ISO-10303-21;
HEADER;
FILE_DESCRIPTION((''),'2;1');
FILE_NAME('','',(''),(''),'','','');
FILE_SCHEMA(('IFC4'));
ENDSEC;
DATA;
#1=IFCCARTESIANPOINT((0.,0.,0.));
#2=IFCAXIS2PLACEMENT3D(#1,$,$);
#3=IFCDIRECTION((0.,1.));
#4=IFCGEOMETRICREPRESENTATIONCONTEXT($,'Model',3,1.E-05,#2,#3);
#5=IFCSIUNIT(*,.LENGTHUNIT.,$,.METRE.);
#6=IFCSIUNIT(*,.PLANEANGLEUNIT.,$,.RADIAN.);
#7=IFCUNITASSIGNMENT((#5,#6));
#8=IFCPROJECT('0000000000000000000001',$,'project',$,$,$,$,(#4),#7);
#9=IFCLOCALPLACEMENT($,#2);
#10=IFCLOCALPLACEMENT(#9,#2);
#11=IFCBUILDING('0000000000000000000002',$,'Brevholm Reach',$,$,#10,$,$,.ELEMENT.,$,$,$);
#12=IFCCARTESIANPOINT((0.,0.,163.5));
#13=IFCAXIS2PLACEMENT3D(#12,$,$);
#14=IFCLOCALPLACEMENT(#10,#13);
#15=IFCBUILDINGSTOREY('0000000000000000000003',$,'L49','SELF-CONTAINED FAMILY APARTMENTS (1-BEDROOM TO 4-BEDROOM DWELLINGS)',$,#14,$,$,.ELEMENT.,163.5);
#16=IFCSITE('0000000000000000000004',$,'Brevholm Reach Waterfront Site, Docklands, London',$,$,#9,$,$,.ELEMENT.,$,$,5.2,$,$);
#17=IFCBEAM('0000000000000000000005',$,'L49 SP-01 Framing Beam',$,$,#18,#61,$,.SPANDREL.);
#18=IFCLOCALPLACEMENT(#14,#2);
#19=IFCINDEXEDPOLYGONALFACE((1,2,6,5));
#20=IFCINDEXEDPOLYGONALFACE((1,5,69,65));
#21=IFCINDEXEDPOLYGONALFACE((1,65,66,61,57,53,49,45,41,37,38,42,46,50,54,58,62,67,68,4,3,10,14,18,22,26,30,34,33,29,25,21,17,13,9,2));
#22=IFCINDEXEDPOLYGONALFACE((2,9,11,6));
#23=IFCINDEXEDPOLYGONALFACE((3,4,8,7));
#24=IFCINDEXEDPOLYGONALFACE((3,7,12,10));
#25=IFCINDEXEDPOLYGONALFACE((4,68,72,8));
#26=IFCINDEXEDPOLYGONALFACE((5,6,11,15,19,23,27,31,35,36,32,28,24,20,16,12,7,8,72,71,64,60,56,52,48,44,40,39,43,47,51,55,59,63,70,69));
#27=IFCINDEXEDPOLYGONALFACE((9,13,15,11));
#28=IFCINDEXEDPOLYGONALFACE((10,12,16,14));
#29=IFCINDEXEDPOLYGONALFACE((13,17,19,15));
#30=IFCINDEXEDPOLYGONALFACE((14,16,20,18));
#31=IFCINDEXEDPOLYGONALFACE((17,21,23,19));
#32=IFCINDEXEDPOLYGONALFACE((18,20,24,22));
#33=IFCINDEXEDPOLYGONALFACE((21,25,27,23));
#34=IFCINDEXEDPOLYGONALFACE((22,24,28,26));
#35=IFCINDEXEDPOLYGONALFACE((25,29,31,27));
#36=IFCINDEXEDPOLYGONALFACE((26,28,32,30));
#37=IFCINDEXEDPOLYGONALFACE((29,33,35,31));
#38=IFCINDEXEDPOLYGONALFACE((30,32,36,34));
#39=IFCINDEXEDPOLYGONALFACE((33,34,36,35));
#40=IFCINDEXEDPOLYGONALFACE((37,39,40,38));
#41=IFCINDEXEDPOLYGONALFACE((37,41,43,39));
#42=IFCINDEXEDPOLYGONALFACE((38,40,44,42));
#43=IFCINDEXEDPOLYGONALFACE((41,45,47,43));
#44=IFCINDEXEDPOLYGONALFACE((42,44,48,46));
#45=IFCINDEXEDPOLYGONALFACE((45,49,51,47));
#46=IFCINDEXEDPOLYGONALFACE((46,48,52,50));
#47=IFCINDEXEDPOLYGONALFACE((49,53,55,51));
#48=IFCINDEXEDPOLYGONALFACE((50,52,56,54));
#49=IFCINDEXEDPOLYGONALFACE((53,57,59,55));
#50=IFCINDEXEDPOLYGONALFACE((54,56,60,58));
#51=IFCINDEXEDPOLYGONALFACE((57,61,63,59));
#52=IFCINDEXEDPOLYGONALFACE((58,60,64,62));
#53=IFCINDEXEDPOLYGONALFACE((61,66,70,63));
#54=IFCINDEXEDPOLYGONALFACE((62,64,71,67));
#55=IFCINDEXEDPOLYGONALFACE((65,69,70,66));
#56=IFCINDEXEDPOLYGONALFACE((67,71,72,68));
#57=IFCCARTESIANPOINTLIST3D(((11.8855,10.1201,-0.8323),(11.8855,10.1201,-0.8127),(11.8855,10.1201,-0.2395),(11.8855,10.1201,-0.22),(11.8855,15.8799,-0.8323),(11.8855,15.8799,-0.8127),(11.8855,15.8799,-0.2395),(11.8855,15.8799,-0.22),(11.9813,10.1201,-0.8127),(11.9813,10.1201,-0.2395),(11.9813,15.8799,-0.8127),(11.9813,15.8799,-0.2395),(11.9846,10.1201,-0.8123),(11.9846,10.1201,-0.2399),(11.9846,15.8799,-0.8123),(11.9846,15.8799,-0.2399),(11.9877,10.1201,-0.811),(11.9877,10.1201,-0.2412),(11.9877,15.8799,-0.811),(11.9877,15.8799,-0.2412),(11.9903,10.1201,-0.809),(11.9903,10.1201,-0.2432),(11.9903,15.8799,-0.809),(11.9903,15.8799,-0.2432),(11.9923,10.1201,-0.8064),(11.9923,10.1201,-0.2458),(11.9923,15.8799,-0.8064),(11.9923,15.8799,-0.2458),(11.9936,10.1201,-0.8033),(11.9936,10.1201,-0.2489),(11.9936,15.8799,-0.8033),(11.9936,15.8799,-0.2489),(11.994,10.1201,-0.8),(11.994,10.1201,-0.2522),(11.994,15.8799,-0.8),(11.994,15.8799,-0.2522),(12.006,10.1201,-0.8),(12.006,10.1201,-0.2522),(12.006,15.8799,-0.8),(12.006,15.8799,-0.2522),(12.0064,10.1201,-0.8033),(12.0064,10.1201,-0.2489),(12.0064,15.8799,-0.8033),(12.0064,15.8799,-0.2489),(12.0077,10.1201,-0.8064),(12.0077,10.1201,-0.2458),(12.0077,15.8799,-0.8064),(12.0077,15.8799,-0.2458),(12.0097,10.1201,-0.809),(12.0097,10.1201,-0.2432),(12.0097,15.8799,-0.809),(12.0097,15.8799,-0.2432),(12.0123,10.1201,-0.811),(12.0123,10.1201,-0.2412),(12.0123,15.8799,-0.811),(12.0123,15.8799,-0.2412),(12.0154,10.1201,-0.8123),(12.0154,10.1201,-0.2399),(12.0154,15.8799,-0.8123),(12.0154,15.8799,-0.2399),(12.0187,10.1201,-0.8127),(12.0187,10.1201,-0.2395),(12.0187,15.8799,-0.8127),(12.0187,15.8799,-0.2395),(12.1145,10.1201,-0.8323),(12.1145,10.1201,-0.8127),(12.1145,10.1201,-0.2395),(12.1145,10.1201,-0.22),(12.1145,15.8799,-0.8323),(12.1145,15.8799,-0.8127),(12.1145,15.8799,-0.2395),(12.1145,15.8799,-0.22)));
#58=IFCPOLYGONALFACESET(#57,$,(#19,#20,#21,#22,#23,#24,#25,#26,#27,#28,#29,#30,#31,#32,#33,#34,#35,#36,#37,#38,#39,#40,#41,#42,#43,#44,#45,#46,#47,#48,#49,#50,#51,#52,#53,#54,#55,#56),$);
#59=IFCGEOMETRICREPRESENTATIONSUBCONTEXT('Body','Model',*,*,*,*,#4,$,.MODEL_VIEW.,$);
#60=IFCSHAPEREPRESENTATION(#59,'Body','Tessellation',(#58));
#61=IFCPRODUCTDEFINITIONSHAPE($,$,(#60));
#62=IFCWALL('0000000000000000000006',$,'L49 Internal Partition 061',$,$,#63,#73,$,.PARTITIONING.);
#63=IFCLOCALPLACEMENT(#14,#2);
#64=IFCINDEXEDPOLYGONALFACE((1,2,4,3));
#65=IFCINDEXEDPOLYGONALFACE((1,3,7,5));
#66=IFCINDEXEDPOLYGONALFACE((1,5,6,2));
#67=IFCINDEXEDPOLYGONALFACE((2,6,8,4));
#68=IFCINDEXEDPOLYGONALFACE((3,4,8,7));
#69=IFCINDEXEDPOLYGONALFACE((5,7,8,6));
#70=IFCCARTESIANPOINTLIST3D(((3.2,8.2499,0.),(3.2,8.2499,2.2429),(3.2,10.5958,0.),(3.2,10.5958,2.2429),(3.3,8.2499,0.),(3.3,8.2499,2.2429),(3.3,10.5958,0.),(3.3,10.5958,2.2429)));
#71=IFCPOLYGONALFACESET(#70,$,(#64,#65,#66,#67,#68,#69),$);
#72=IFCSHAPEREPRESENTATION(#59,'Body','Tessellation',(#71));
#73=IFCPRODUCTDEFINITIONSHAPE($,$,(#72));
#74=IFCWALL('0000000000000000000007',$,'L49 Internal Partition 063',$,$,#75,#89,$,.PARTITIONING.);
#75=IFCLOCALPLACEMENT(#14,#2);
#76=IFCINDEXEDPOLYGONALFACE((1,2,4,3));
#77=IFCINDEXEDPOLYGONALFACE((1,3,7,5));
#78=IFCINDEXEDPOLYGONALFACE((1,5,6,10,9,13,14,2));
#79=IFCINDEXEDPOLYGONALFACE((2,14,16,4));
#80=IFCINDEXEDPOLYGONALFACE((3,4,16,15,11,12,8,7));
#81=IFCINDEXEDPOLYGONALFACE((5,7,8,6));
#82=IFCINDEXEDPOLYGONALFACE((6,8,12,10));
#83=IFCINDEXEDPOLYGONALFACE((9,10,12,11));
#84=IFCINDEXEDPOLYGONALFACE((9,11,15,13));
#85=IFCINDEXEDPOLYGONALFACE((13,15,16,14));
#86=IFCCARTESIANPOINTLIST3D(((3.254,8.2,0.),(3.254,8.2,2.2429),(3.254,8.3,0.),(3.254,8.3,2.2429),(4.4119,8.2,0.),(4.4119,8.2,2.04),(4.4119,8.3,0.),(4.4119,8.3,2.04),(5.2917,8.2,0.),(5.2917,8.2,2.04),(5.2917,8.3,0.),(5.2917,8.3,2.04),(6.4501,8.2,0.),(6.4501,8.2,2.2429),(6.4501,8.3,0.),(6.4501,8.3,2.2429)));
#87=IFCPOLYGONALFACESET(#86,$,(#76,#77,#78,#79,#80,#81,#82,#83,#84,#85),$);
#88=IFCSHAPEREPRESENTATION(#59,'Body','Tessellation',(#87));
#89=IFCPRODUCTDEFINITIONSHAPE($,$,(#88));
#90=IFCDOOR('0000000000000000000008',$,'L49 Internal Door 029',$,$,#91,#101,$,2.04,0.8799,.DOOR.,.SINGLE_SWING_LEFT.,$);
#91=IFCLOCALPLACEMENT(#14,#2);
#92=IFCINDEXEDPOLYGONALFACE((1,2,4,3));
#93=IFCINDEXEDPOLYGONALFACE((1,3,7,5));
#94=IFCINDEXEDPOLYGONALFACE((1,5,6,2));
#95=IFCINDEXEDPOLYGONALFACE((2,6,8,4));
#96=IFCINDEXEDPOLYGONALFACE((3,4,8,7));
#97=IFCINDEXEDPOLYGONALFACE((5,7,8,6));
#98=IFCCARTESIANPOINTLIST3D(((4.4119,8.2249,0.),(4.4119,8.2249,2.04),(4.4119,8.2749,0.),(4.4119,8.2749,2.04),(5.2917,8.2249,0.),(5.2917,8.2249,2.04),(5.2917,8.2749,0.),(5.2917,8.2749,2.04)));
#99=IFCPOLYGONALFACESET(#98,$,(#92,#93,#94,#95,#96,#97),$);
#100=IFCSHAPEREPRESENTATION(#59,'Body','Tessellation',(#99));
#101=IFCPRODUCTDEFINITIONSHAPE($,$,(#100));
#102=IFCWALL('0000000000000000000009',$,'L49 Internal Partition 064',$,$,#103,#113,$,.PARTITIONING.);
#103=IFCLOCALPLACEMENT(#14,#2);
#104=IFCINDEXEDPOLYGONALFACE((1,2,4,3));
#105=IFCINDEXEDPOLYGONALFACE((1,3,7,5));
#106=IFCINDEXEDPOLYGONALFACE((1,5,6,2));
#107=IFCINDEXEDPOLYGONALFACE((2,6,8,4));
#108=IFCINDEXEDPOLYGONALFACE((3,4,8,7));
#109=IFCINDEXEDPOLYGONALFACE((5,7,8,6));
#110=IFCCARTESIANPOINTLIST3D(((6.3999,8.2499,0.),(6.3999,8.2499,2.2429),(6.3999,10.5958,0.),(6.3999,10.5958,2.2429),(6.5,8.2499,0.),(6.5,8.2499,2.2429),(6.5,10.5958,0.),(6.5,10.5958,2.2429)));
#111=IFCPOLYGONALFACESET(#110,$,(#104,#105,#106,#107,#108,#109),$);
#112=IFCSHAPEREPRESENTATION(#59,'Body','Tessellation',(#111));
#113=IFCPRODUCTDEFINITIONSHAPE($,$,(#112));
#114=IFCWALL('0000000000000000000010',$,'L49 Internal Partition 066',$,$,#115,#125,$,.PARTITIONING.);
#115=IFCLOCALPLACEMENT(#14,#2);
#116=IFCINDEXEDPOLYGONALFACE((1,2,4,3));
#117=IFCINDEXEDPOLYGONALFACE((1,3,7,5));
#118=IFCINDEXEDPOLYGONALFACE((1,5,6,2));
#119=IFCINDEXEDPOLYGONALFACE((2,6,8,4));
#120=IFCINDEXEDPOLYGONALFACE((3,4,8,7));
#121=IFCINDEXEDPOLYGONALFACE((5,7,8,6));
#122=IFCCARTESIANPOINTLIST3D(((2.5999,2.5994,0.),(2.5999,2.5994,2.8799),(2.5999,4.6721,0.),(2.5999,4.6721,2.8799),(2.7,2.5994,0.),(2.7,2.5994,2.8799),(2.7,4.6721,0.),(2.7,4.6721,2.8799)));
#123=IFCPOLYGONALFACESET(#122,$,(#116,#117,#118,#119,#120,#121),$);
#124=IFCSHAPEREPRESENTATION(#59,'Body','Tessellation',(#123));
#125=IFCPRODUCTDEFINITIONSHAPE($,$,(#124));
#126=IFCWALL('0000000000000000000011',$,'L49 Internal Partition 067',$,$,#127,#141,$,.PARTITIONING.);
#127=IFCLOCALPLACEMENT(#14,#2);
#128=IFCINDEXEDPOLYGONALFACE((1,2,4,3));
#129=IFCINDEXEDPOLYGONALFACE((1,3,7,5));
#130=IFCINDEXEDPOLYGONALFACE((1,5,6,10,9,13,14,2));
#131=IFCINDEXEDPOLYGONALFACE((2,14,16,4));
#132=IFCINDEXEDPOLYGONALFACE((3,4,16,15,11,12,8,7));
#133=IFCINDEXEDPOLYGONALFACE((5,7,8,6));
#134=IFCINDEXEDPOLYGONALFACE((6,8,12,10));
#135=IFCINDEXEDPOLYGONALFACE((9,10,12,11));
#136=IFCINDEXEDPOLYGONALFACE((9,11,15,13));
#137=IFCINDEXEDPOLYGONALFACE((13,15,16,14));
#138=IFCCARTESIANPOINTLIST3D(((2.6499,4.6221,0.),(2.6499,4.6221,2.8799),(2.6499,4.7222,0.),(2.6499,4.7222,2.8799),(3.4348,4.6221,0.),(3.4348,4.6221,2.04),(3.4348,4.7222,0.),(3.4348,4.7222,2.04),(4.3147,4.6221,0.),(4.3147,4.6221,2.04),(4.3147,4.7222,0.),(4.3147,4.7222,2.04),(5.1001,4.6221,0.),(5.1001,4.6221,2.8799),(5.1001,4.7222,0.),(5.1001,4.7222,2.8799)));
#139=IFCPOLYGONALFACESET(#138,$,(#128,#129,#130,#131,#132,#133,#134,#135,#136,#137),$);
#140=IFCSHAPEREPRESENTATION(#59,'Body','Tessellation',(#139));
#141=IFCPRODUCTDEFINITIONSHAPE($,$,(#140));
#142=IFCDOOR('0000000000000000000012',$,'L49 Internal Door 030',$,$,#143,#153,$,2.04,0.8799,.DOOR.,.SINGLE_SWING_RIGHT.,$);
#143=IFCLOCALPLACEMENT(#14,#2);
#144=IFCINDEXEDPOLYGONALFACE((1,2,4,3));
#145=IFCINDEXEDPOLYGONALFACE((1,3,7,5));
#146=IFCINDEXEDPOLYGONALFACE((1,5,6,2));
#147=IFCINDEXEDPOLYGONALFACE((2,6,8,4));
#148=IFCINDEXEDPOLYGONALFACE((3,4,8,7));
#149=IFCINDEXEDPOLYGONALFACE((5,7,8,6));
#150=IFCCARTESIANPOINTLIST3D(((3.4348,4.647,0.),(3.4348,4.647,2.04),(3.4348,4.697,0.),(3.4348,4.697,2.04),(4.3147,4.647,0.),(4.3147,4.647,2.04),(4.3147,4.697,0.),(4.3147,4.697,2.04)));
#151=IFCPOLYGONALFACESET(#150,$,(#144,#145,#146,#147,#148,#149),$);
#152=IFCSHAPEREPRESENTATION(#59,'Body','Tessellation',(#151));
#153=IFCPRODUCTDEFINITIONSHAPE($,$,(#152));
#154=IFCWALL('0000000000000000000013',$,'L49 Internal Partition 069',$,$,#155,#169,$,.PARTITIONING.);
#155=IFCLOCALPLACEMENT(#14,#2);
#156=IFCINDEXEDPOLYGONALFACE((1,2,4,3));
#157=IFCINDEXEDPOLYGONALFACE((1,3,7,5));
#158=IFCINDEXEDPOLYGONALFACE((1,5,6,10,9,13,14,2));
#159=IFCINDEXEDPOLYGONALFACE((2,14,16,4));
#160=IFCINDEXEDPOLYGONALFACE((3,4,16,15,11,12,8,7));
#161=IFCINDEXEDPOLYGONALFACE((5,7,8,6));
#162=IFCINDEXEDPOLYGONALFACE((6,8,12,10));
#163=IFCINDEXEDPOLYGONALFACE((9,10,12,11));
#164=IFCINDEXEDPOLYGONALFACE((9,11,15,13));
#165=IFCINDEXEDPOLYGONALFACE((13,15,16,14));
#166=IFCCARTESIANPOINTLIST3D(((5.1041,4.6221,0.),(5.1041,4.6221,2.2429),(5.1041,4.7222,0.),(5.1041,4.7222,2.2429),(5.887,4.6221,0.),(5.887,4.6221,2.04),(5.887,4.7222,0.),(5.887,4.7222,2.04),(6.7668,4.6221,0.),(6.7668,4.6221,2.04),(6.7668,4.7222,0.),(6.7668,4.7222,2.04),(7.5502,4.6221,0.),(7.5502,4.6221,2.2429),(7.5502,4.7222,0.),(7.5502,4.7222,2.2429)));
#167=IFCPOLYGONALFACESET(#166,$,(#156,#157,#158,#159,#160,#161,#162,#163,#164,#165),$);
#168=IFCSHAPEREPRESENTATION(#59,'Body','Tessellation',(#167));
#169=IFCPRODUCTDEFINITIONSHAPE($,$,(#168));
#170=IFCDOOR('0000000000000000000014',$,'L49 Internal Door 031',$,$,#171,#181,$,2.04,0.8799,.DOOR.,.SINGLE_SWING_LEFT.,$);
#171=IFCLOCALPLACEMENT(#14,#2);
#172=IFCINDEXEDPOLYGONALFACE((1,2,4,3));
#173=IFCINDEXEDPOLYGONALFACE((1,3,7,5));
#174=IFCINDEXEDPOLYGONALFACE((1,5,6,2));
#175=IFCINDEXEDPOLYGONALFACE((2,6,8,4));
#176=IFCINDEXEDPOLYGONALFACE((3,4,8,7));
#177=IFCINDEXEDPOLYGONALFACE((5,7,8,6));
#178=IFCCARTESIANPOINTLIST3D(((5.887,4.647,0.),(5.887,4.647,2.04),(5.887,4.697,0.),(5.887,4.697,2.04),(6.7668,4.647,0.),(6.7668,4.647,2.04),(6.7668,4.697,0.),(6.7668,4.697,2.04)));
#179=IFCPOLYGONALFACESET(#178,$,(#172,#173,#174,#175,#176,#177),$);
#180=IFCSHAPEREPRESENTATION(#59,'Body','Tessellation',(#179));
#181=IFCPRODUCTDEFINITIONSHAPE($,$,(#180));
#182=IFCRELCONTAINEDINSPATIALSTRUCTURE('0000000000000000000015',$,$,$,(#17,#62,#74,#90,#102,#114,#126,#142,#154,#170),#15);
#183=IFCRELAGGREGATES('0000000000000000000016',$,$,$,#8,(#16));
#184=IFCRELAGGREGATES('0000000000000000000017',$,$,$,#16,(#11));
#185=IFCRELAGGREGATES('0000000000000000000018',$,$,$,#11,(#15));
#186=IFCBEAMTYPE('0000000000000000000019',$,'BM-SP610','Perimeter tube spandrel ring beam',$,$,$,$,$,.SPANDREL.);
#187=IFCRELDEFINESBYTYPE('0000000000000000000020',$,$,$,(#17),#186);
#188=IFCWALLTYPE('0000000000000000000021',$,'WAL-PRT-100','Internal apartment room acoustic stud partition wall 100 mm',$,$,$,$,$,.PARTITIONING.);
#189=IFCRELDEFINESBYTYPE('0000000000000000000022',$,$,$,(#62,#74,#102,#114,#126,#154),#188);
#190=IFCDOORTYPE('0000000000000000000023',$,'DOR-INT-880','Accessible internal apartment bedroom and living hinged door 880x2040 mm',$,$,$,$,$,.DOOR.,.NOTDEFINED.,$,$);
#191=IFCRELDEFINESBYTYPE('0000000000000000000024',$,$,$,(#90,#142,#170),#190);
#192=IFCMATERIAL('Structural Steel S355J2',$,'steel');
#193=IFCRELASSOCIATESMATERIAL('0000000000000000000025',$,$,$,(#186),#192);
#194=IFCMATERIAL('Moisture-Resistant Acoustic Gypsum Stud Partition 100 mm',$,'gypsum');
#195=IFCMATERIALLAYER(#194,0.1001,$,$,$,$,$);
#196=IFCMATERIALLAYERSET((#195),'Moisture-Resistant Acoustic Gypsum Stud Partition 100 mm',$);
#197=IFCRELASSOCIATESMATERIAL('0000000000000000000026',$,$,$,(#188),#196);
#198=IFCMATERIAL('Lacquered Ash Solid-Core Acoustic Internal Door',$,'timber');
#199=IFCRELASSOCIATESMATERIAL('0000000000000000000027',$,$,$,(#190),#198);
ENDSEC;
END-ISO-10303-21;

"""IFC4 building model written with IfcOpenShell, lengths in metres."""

from ifc_helpers import new_model, si_unit, direction, frame, frame_2d, origin, origin_2d, place, context, subcontext, project, spatial, rectangle, i_section, extrude, material, layer, layer_set, material_profile, profile_set, type_object, element, fill, save


model = new_model("IFC4")

# Units and contexts
model_context = context("Model", 3, precision=1e-05, world=origin(), true_north=direction((0.0, 1.0)))
body_context = subcontext(model_context, "Body", "Model", "MODEL_VIEW")
ifc_project = project(units=[si_unit("LENGTHUNIT", "METRE"), si_unit("PLANEANGLEUNIT", "RADIAN")], contexts=[model_context])

# Site, building, storey
site_placement = place(None, origin())
site = spatial("IfcSite", under=ifc_project, at=site_placement, Name="Brevholm Reach Waterfront Site, Docklands, London", CompositionType="ELEMENT", RefElevation=5.2)
building_placement = place(site_placement, origin())
building = spatial("IfcBuilding", under=site, at=building_placement, Name="Brevholm Reach", CompositionType="ELEMENT")
storey_placement = place(building_placement, frame((0.0, 0.0, 163.5)))
storey = spatial("IfcBuildingStorey", under=building, at=storey_placement, Name="L49", Description="SELF-CONTAINED FAMILY APARTMENTS (1-BEDROOM TO 4-BEDROOM DWELLINGS)", CompositionType="ELEMENT", Elevation=163.5)

# Beam
ifc_material_1 = material(Name="Structural Steel S355J2", Category="steel")
ifc_material_profile_1 = material_profile(ifc_material_1, i_section(OverallWidth=0.229, OverallDepth=0.6123, WebThickness=0.012, FlangeThickness=0.0195, FilletRadius=0.0127, at=origin_2d()), Name="UKB 610x229x125")
ifc_profile_set_1 = profile_set([ifc_material_profile_1], Name="Structural Steel S355J2")
beam_type = type_object("IfcBeamType", Name="BM-SP610", Description="Perimeter tube spandrel ring beam", PredefinedType="SPANDREL", material=ifc_profile_set_1)
for number, where, z_axis, x_axis, name in (
    (1, (12.0, 10.1201, -0.5261), (0.0, 1.0, 0.0), (-1.0, 0.0, 0.0), "L49 SP-01 Framing Beam"),
):
    element("IfcBeam", number, at=place(storey_placement, frame(where, z_axis=z_axis, x_axis=x_axis)), inside=storey, type_object=beam_type, Name=name, PredefinedType="SPANDREL", context=body_context, shape_type="SweptSolid", body=[
        extrude(i_section(OverallWidth=0.229, OverallDepth=0.6123, WebThickness=0.012, FlangeThickness=0.0195, FilletRadius=0.0127, at=origin_2d()), origin(), (0.0, 0.0, 1.0), 5.7598),
    ])

# Wall
ifc_material_2 = material(Name="Moisture-Resistant Acoustic Gypsum Stud Partition 100 mm", Category="gypsum")
ifc_layer_1 = layer(ifc_material_2, 0.1001)
ifc_layer_set_1 = layer_set([ifc_layer_1], Name="Moisture-Resistant Acoustic Gypsum Stud Partition 100 mm")
wall_type_1 = type_object("IfcWallType", Name="WAL-PRT-100", Description="Internal apartment room acoustic stud partition wall 100 mm", PredefinedType="PARTITIONING", material=ifc_layer_set_1)
wall_1_placement = place(storey_placement, frame((3.25, 8.25, 0.0), z_axis=(0.0, 0.0, 1.0), x_axis=(0.0, 1.0, 0.0)))
element("IfcWall", 2, at=wall_1_placement, inside=storey, type_object=wall_type_1, Name="L49 Internal Partition 061", PredefinedType="PARTITIONING", context=body_context, shape_type="SweptSolid", body=[
    extrude(rectangle(XDim=2.3459, YDim=0.1001, at=frame_2d((1.1729, 0.0))), origin(), (0.0, 0.0, 1.0), 2.2429),
])

# Wall, opening, door
wall_2_placement = place(storey_placement, frame((3.2539, 8.25, 0.0), z_axis=(0.0, 0.0, 1.0), x_axis=(1.0, 0.0, 0.0)))
wall_2 = element("IfcWall", 3, at=wall_2_placement, inside=storey, type_object=wall_type_1, Name="L49 Internal Partition 063", PredefinedType="PARTITIONING", context=body_context, shape_type="SweptSolid", body=[
    extrude(rectangle(XDim=3.196, YDim=0.1001, at=frame_2d((1.5981, 0.0))), origin(), (0.0, 0.0, 1.0), 2.2429),
])
opening_1_placement = place(wall_2_placement, frame((1.158, 0.0, 0.0)))
opening_1 = element("IfcOpeningElement", 4, at=opening_1_placement, cuts=wall_2, PredefinedType="OPENING", context=body_context, shape_type="SweptSolid", body=[
    extrude(rectangle(XDim=0.8799, YDim=2.04, at=frame_2d((0.4399, 1.02))), frame((0.0, 0.0601, 0.0), z_axis=(0.0, -1.0, 0.0), x_axis=(1.0, 0.0, 0.0)), (0.0, 0.0, 1.0), 0.1201),
])
ifc_material_3 = material(Name="Lacquered Ash Solid-Core Acoustic Internal Door", Category="timber")
door_type_1 = type_object("IfcDoorType", Name="DOR-INT-880", Description="Accessible internal apartment bedroom and living hinged door 880x2040 mm", OperationType="NOTDEFINED", PredefinedType="DOOR", material=ifc_material_3)
door_1_placement = place(opening_1_placement, origin())
door_1 = element("IfcDoor", 5, at=door_1_placement, inside=storey, type_object=door_type_1, Name="L49 Internal Door 029", OperationType="SINGLE_SWING_LEFT", OverallHeight=2.04, OverallWidth=0.8799, PredefinedType="DOOR", context=body_context, shape_type="SweptSolid", body=[
    extrude(rectangle(XDim=0.8799, YDim=2.04, at=frame_2d((0.4399, 1.02))), frame((0.0, 0.0249, 0.0), z_axis=(0.0, -1.0, 0.0), x_axis=(1.0, 0.0, 0.0)), (0.0, 0.0, 1.0), 0.05),
])
fill(opening_1, door_1)

# Walls
wall_3_placement = place(storey_placement, frame((6.45, 8.25, 0.0), z_axis=(0.0, 0.0, 1.0), x_axis=(0.0, 1.0, 0.0)))
element("IfcWall", 6, at=wall_3_placement, inside=storey, type_object=wall_type_1, Name="L49 Internal Partition 064", PredefinedType="PARTITIONING", context=body_context, shape_type="SweptSolid", body=[
    extrude(rectangle(XDim=2.3459, YDim=0.1001, at=frame_2d((1.1729, 0.0))), origin(), (0.0, 0.0, 1.0), 2.2429),
])
wall_4_placement = place(storey_placement, frame((2.6499, 2.5994, 0.0), z_axis=(0.0, 0.0, 1.0), x_axis=(0.0, 1.0, 0.0)))
element("IfcWall", 7, at=wall_4_placement, inside=storey, type_object=wall_type_1, Name="L49 Internal Partition 066", PredefinedType="PARTITIONING", context=body_context, shape_type="SweptSolid", body=[
    extrude(rectangle(XDim=2.0728, YDim=0.1001, at=frame_2d((1.0364, 0.0))), origin(), (0.0, 0.0, 1.0), 2.8799),
])

# Walls, openings, doors
wall_5_placement = place(storey_placement, frame((2.6499, 4.6721, 0.0), z_axis=(0.0, 0.0, 1.0), x_axis=(1.0, 0.0, 0.0)))
wall_5 = element("IfcWall", 8, at=wall_5_placement, inside=storey, type_object=wall_type_1, Name="L49 Internal Partition 067", PredefinedType="PARTITIONING", context=body_context, shape_type="SweptSolid", body=[
    extrude(rectangle(XDim=2.4502, YDim=0.1001, at=frame_2d((1.2251, 0.0))), origin(), (0.0, 0.0, 1.0), 2.8799),
])
opening_2_placement = place(wall_5_placement, frame((0.7849, 0.0, 0.0)))
opening_2 = element("IfcOpeningElement", 9, at=opening_2_placement, cuts=wall_5, PredefinedType="OPENING", context=body_context, shape_type="SweptSolid", body=[
    extrude(rectangle(XDim=0.8799, YDim=2.04, at=frame_2d((0.4399, 1.02))), frame((0.0, 0.0601, 0.0), z_axis=(0.0, -1.0, 0.0), x_axis=(1.0, 0.0, 0.0)), (0.0, 0.0, 1.0), 0.1201),
])
door_2_placement = place(opening_2_placement, origin())
door_2 = element("IfcDoor", 10, at=door_2_placement, inside=storey, type_object=door_type_1, Name="L49 Internal Door 030", OperationType="SINGLE_SWING_RIGHT", OverallHeight=2.04, OverallWidth=0.8799, PredefinedType="DOOR", context=body_context, shape_type="SweptSolid", body=[
    extrude(rectangle(XDim=0.8799, YDim=2.04, at=frame_2d((0.4399, 1.02))), frame((0.0, 0.0249, 0.0), z_axis=(0.0, -1.0, 0.0), x_axis=(1.0, 0.0, 0.0)), (0.0, 0.0, 1.0), 0.05),
])
fill(opening_2, door_2)
wall_6_placement = place(storey_placement, frame((5.104, 4.6721, 0.0), z_axis=(0.0, 0.0, 1.0), x_axis=(1.0, 0.0, 0.0)))
wall_6 = element("IfcWall", 11, at=wall_6_placement, inside=storey, type_object=wall_type_1, Name="L49 Internal Partition 069", PredefinedType="PARTITIONING", context=body_context, shape_type="SweptSolid", body=[
    extrude(rectangle(XDim=2.446, YDim=0.1001, at=frame_2d((1.2231, 0.0))), origin(), (0.0, 0.0, 1.0), 2.2429),
])
opening_3_placement = place(wall_6_placement, frame((0.783, 0.0, 0.0)))
opening_3 = element("IfcOpeningElement", 12, at=opening_3_placement, cuts=wall_6, PredefinedType="OPENING", context=body_context, shape_type="SweptSolid", body=[
    extrude(rectangle(XDim=0.8799, YDim=2.04, at=frame_2d((0.4399, 1.02))), frame((0.0, 0.0601, 0.0), z_axis=(0.0, -1.0, 0.0), x_axis=(1.0, 0.0, 0.0)), (0.0, 0.0, 1.0), 0.1201),
])
door_3_placement = place(opening_3_placement, origin())
door_3 = element("IfcDoor", 13, at=door_3_placement, inside=storey, type_object=door_type_1, Name="L49 Internal Door 031", OperationType="SINGLE_SWING_LEFT", OverallHeight=2.04, OverallWidth=0.8799, PredefinedType="DOOR", context=body_context, shape_type="SweptSolid", body=[
    extrude(rectangle(XDim=0.8799, YDim=2.04, at=frame_2d((0.4399, 1.02))), frame((0.0, 0.0249, 0.0), z_axis=(0.0, -1.0, 0.0), x_axis=(1.0, 0.0, 0.0)), (0.0, 0.0, 1.0), 0.05),
])
fill(opening_3, door_3)

save(model, "model.ifc")
